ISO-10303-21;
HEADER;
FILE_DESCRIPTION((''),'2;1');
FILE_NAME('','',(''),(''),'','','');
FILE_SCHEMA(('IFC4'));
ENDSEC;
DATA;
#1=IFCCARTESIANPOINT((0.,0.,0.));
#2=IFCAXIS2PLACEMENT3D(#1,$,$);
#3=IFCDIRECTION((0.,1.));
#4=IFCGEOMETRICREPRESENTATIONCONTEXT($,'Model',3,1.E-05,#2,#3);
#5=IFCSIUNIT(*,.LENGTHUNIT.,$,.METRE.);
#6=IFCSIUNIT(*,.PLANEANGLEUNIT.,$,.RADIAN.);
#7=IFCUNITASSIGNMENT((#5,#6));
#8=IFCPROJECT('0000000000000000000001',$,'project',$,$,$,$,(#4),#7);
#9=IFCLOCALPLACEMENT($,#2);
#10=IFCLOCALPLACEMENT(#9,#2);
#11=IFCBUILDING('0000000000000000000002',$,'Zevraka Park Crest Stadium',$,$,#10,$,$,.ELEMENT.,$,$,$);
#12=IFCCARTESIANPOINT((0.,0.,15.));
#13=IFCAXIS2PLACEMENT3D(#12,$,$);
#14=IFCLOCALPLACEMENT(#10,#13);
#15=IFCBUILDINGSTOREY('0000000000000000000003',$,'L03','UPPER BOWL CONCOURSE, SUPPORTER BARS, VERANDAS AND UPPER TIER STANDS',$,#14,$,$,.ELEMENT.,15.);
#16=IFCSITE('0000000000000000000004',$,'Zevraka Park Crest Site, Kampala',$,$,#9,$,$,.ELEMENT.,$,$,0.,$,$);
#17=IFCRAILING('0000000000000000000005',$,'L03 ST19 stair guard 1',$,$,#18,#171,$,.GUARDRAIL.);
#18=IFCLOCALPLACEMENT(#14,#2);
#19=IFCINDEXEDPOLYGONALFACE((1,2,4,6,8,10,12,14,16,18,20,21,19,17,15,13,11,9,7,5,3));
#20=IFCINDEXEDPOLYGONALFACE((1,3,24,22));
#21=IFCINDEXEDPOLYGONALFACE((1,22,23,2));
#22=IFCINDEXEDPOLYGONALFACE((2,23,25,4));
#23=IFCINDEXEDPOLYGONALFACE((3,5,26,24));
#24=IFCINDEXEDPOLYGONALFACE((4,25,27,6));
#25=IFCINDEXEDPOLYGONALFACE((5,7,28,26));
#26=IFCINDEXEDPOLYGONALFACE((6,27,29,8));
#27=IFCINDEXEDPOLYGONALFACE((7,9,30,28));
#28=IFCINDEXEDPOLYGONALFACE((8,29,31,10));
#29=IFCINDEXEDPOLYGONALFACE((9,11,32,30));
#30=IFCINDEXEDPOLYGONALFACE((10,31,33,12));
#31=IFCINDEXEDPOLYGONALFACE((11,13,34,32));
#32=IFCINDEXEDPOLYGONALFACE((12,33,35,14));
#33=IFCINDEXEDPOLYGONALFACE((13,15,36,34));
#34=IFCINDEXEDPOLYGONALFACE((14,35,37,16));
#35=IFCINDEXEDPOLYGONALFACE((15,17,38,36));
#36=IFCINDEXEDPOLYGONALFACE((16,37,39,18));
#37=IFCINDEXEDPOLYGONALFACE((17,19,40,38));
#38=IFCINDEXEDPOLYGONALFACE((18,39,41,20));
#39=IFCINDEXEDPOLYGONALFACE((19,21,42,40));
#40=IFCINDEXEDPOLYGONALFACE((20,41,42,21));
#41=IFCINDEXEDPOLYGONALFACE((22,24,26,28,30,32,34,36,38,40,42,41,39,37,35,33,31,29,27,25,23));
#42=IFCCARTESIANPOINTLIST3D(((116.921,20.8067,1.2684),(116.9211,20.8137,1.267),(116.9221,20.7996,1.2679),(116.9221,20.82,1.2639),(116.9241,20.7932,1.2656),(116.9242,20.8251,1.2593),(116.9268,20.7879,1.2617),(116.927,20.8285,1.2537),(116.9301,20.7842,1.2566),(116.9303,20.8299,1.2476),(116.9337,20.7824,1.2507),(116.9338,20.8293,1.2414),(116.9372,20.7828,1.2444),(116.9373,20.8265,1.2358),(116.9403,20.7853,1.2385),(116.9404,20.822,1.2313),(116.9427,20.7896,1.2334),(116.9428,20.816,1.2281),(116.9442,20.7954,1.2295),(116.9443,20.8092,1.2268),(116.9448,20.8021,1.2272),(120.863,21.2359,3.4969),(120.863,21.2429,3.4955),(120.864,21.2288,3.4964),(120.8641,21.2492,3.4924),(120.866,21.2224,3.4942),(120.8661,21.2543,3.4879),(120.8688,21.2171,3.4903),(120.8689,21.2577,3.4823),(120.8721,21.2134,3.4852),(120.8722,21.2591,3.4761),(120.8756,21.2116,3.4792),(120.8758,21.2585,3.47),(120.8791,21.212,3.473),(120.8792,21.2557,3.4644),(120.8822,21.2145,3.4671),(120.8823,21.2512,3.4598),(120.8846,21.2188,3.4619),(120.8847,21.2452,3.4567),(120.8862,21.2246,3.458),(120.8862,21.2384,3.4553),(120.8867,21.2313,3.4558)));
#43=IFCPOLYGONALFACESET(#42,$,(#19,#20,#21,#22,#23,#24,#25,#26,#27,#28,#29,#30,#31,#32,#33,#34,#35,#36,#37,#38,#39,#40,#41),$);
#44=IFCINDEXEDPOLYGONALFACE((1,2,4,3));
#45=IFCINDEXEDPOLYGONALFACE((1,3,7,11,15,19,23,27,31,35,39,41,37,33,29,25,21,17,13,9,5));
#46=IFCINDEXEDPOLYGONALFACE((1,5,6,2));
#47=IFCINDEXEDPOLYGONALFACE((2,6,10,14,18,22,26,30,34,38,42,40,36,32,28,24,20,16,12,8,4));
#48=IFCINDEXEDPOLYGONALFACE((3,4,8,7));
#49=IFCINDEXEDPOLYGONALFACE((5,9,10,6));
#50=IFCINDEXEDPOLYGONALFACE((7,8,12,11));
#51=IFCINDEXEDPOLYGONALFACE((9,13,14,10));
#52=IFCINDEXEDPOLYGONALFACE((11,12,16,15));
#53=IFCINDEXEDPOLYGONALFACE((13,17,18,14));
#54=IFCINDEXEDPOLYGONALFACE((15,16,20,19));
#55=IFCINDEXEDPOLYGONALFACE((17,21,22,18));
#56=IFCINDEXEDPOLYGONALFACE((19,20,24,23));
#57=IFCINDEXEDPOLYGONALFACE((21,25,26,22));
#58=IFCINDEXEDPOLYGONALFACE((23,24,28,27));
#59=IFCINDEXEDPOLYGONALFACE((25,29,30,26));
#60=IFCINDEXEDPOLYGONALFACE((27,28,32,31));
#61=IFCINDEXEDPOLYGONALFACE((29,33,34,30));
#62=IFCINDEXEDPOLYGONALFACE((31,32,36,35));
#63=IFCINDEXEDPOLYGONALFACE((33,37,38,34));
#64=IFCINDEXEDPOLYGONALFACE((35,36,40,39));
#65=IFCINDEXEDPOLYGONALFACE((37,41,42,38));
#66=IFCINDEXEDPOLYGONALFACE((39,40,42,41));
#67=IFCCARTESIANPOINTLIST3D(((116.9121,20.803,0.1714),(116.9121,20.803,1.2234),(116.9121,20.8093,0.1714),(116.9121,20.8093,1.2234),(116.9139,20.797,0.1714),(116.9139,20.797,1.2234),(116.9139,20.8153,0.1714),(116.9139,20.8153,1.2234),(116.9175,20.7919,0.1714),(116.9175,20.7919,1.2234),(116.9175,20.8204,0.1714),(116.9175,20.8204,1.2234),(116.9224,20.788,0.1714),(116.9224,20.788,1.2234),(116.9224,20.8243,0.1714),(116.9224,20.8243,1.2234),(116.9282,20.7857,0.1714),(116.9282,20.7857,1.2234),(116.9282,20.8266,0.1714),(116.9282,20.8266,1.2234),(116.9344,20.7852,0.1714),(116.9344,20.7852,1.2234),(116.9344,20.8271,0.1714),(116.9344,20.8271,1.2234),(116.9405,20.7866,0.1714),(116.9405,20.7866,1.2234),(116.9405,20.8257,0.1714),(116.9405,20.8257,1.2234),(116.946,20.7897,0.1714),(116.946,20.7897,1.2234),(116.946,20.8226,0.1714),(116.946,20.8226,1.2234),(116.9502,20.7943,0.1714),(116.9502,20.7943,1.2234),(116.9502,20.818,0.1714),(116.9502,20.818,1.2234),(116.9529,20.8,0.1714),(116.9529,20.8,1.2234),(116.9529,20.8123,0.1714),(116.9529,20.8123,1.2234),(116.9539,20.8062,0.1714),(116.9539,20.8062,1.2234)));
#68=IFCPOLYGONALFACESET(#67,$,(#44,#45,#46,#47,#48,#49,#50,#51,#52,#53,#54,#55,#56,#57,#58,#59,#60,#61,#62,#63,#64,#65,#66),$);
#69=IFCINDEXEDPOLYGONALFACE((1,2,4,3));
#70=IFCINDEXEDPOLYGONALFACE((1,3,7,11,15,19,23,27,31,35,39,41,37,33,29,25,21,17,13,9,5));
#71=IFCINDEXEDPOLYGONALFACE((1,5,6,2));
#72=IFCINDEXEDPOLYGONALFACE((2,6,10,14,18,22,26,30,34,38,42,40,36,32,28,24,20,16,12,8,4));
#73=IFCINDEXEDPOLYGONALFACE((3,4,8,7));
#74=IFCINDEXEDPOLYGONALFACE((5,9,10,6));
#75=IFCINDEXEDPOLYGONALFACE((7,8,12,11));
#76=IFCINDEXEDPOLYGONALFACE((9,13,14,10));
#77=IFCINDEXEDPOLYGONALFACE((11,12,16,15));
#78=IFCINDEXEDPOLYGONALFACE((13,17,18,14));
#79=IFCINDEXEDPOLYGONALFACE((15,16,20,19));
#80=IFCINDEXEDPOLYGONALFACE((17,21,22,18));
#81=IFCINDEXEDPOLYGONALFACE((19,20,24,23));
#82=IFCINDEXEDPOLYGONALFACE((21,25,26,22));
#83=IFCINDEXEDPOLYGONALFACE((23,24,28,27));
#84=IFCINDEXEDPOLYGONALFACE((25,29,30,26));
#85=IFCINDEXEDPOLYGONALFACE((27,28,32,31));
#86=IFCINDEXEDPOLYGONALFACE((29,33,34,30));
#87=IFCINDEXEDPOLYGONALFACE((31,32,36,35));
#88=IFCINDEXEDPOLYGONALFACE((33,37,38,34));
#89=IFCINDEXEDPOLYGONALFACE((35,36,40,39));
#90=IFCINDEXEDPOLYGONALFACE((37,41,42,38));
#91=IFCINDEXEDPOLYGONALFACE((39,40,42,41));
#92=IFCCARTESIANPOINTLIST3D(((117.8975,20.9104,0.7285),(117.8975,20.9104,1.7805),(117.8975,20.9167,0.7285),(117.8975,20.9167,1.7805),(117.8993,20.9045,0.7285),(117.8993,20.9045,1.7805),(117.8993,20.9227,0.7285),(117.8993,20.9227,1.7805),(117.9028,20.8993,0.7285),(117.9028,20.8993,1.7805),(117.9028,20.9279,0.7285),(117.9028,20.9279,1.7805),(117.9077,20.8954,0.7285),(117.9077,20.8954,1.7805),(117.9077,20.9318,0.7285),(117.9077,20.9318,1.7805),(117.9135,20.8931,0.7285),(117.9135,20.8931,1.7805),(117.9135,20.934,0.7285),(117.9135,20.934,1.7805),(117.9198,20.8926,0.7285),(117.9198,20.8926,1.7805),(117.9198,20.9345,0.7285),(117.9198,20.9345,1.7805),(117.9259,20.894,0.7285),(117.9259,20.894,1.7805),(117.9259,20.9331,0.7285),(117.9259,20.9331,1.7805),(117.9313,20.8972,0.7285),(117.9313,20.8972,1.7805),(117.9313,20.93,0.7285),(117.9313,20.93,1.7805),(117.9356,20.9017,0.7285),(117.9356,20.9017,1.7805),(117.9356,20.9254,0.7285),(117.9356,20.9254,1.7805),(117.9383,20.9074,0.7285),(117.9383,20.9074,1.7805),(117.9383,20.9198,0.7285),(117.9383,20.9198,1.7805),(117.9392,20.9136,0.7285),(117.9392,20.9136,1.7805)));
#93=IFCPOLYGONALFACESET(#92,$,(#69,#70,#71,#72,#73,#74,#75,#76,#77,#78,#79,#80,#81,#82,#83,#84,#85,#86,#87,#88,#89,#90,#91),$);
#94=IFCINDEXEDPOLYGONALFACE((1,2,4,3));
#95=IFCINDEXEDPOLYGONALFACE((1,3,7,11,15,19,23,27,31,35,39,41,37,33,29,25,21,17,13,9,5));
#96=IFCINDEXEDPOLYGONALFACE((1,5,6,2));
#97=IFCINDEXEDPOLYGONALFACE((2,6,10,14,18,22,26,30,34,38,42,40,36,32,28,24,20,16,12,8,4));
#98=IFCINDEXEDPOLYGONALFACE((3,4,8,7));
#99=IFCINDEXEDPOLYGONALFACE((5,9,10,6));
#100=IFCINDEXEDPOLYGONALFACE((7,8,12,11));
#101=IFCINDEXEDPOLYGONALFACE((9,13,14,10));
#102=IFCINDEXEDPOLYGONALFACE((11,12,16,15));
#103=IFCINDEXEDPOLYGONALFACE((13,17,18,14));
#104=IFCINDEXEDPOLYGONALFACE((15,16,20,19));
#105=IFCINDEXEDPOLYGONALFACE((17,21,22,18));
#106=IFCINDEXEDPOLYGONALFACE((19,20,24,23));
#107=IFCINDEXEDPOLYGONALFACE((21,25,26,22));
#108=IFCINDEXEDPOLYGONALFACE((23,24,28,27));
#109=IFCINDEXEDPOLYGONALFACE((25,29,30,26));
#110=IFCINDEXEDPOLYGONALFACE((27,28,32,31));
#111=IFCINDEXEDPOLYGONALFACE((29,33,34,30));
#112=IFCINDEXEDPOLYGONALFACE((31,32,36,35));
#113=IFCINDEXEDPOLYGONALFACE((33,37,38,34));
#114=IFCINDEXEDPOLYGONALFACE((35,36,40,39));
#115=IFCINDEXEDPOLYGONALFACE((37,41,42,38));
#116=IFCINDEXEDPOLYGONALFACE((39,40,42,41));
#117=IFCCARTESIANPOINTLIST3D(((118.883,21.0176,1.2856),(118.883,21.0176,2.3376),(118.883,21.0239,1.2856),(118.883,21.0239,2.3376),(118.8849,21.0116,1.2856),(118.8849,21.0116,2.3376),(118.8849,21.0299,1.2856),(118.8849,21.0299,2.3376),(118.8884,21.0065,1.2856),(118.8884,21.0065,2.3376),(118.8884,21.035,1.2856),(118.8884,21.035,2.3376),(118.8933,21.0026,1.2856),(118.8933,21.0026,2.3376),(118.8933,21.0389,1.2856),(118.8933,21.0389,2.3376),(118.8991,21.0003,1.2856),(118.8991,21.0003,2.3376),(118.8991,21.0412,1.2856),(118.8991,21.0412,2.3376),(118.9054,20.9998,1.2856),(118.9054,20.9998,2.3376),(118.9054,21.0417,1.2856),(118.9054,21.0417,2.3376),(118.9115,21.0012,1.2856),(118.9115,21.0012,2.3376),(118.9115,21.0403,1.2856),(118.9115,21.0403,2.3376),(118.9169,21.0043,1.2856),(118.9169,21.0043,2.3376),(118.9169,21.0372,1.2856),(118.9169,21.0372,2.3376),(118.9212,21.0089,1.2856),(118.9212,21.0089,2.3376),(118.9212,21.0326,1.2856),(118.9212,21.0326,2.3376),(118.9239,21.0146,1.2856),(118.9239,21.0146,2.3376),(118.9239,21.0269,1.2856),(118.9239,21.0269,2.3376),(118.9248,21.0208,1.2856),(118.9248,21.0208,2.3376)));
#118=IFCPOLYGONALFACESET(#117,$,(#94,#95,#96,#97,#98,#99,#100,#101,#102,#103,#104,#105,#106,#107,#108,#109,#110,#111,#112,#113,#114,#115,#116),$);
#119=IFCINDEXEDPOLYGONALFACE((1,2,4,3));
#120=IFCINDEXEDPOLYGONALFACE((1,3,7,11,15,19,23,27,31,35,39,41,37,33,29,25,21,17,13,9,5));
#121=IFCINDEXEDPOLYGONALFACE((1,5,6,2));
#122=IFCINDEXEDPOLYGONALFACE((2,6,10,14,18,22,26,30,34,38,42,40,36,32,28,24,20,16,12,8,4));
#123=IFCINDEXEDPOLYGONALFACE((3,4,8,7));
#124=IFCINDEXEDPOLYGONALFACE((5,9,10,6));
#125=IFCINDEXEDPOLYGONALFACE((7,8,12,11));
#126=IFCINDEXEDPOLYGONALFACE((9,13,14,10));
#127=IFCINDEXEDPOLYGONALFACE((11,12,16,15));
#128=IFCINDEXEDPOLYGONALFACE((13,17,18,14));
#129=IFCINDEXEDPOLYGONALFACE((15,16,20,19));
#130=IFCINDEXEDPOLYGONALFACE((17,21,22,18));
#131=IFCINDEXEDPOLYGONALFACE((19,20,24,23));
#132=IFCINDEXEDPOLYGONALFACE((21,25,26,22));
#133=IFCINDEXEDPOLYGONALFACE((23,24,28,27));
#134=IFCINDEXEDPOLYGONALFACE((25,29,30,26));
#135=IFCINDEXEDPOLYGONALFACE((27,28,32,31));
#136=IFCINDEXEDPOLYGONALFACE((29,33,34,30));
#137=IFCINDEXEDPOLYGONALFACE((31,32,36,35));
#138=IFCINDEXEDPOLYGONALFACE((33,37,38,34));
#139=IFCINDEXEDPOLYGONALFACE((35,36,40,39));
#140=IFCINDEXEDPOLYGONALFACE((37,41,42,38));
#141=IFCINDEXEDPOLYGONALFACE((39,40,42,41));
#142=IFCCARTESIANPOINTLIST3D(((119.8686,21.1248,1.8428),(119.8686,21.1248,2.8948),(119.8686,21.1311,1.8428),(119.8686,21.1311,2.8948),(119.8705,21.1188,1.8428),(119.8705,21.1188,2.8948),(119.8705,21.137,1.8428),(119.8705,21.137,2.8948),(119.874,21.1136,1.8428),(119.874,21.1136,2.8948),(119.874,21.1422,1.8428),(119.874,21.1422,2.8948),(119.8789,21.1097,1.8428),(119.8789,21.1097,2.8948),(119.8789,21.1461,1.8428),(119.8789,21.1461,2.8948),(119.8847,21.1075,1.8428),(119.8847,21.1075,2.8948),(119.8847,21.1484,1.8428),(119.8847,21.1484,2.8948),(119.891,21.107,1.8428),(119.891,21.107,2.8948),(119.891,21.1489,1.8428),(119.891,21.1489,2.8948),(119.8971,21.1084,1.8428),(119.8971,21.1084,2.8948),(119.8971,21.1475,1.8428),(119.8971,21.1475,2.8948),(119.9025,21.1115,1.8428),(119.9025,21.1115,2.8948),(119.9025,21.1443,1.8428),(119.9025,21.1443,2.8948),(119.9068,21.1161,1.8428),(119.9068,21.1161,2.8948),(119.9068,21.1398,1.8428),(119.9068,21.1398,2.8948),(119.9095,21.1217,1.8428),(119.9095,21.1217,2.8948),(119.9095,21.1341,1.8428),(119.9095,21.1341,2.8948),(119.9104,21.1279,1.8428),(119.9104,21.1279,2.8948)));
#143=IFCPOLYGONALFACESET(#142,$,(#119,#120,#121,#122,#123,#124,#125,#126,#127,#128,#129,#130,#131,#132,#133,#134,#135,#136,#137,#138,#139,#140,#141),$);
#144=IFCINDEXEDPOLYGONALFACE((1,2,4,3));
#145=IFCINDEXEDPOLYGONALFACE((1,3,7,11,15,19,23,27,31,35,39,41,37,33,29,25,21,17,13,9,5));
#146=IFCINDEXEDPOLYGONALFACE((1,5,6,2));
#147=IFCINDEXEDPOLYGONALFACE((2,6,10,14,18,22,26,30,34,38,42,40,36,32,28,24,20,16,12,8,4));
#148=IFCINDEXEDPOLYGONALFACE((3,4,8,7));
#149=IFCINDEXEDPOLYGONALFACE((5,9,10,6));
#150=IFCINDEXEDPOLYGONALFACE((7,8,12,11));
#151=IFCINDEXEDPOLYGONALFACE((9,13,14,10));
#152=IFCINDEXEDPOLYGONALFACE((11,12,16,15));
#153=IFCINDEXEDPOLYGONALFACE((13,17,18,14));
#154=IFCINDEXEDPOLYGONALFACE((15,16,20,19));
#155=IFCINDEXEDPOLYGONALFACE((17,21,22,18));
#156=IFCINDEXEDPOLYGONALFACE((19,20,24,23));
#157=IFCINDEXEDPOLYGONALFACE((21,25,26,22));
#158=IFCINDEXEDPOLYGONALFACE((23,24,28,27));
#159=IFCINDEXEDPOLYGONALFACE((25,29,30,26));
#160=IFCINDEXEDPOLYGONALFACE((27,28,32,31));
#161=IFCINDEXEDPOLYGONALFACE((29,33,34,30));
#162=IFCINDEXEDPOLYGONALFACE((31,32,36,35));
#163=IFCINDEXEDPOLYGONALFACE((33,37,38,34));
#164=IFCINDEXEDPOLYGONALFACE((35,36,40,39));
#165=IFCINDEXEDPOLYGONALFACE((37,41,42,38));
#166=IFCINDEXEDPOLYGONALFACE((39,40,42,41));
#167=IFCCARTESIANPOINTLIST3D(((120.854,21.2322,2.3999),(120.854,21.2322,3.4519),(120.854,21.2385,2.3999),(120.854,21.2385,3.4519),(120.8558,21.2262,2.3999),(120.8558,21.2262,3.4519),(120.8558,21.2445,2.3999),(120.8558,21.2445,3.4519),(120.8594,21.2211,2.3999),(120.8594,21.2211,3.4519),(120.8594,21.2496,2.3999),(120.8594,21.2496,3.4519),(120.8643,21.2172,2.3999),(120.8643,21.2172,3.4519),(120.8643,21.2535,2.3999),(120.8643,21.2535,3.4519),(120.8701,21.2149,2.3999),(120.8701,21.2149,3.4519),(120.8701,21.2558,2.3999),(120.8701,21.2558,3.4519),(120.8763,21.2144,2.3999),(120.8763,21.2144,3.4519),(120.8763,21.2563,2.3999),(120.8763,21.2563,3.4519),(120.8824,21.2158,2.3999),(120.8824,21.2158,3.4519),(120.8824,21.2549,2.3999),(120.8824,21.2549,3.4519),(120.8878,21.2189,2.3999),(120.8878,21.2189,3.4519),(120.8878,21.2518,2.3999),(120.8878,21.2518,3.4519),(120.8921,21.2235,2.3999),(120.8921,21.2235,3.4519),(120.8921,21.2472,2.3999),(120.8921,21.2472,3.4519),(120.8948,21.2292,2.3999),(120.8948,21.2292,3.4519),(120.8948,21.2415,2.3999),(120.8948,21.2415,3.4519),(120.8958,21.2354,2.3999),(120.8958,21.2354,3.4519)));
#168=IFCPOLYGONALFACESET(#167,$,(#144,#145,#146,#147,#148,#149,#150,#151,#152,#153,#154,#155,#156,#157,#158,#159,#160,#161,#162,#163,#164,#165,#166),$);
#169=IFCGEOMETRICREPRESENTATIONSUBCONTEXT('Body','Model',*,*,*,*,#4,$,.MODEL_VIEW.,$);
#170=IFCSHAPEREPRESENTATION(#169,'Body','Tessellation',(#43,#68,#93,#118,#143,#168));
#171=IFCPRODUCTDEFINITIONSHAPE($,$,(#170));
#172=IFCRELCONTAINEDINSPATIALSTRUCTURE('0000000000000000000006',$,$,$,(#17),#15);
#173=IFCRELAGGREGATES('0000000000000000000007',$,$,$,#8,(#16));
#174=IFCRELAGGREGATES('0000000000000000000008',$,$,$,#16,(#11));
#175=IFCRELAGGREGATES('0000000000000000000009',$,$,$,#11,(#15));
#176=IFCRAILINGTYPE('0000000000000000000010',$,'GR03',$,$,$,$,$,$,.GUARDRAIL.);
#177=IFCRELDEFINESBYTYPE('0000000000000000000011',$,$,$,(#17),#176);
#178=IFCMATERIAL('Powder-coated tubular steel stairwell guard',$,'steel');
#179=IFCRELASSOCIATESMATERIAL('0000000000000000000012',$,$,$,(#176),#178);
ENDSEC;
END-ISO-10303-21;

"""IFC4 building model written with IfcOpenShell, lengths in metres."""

from ifc_helpers import new_model, si_unit, direction, frame, origin, origin_2d, place, context, subcontext, project, spatial, circle, extrude, material, type_object, element, save


model = new_model("IFC4")

# Units and contexts
model_context = context("Model", 3, precision=1e-05, world=origin(), true_north=direction((0.0, 1.0)))
body_context = subcontext(model_context, "Body", "Model", "MODEL_VIEW")
ifc_project = project(units=[si_unit("LENGTHUNIT", "METRE"), si_unit("PLANEANGLEUNIT", "RADIAN")], contexts=[model_context])

# Site, building, storey
site_placement = place(None, origin())
site = spatial("IfcSite", under=ifc_project, at=site_placement, Name="Zevraka Park Crest Site, Kampala", CompositionType="ELEMENT", RefElevation=0.0)
building_placement = place(site_placement, origin())
building = spatial("IfcBuilding", under=site, at=building_placement, Name="Zevraka Park Crest Stadium", CompositionType="ELEMENT")
storey_placement = place(building_placement, frame((0.0, 0.0, 15.0)))
storey = spatial("IfcBuildingStorey", under=building, at=storey_placement, Name="L03", Description="UPPER BOWL CONCOURSE, SUPPORTER BARS, VERANDAS AND UPPER TIER STANDS", CompositionType="ELEMENT", Elevation=15.0)

# Railing
ifc_material_1 = material(Name="Powder-coated tubular steel stairwell guard", Category="steel")
railing_type_1 = type_object("IfcRailingType", Name="GR03", PredefinedType="GUARDRAIL", material=ifc_material_1)
railing_1_placement = place(storey_placement, frame((116.9329, 20.8062, 0.1714)))
element("IfcRailing", 1, at=railing_1_placement, inside=storey, type_object=railing_type_1, Name="L03 ST19 stair guard 1", PredefinedType="GUARDRAIL", context=body_context, shape_type="SweptSolid", body=[
    extrude(circle(Radius=0.0239, at=origin_2d()), frame((0.0, 0.0, 1.0762), z_axis=(0.866633, 0.09436, 0.489943), x_axis=(-0.108242, 0.994125, 0.0)), (0.0, 0.0, 1.0), 4.5486),
    extrude(circle(Radius=0.021, at=origin_2d()), origin(), (0.0, 0.0, 1.0), 1.052),
    extrude(circle(Radius=0.021, at=origin_2d()), frame((0.9854, 0.1074, 0.5571)), (0.0, 0.0, 1.0), 1.052),
    extrude(circle(Radius=0.021, at=origin_2d()), frame((1.9709, 0.2146, 1.1143)), (0.0, 0.0, 1.0), 1.052),
    extrude(circle(Radius=0.021, at=origin_2d()), frame((2.9565, 0.3218, 1.6714)), (0.0, 0.0, 1.0), 1.052),
    extrude(circle(Radius=0.021, at=origin_2d()), frame((3.9419, 0.4292, 2.2285)), (0.0, 0.0, 1.0), 1.052),
])

save(model, "model.ifc")
